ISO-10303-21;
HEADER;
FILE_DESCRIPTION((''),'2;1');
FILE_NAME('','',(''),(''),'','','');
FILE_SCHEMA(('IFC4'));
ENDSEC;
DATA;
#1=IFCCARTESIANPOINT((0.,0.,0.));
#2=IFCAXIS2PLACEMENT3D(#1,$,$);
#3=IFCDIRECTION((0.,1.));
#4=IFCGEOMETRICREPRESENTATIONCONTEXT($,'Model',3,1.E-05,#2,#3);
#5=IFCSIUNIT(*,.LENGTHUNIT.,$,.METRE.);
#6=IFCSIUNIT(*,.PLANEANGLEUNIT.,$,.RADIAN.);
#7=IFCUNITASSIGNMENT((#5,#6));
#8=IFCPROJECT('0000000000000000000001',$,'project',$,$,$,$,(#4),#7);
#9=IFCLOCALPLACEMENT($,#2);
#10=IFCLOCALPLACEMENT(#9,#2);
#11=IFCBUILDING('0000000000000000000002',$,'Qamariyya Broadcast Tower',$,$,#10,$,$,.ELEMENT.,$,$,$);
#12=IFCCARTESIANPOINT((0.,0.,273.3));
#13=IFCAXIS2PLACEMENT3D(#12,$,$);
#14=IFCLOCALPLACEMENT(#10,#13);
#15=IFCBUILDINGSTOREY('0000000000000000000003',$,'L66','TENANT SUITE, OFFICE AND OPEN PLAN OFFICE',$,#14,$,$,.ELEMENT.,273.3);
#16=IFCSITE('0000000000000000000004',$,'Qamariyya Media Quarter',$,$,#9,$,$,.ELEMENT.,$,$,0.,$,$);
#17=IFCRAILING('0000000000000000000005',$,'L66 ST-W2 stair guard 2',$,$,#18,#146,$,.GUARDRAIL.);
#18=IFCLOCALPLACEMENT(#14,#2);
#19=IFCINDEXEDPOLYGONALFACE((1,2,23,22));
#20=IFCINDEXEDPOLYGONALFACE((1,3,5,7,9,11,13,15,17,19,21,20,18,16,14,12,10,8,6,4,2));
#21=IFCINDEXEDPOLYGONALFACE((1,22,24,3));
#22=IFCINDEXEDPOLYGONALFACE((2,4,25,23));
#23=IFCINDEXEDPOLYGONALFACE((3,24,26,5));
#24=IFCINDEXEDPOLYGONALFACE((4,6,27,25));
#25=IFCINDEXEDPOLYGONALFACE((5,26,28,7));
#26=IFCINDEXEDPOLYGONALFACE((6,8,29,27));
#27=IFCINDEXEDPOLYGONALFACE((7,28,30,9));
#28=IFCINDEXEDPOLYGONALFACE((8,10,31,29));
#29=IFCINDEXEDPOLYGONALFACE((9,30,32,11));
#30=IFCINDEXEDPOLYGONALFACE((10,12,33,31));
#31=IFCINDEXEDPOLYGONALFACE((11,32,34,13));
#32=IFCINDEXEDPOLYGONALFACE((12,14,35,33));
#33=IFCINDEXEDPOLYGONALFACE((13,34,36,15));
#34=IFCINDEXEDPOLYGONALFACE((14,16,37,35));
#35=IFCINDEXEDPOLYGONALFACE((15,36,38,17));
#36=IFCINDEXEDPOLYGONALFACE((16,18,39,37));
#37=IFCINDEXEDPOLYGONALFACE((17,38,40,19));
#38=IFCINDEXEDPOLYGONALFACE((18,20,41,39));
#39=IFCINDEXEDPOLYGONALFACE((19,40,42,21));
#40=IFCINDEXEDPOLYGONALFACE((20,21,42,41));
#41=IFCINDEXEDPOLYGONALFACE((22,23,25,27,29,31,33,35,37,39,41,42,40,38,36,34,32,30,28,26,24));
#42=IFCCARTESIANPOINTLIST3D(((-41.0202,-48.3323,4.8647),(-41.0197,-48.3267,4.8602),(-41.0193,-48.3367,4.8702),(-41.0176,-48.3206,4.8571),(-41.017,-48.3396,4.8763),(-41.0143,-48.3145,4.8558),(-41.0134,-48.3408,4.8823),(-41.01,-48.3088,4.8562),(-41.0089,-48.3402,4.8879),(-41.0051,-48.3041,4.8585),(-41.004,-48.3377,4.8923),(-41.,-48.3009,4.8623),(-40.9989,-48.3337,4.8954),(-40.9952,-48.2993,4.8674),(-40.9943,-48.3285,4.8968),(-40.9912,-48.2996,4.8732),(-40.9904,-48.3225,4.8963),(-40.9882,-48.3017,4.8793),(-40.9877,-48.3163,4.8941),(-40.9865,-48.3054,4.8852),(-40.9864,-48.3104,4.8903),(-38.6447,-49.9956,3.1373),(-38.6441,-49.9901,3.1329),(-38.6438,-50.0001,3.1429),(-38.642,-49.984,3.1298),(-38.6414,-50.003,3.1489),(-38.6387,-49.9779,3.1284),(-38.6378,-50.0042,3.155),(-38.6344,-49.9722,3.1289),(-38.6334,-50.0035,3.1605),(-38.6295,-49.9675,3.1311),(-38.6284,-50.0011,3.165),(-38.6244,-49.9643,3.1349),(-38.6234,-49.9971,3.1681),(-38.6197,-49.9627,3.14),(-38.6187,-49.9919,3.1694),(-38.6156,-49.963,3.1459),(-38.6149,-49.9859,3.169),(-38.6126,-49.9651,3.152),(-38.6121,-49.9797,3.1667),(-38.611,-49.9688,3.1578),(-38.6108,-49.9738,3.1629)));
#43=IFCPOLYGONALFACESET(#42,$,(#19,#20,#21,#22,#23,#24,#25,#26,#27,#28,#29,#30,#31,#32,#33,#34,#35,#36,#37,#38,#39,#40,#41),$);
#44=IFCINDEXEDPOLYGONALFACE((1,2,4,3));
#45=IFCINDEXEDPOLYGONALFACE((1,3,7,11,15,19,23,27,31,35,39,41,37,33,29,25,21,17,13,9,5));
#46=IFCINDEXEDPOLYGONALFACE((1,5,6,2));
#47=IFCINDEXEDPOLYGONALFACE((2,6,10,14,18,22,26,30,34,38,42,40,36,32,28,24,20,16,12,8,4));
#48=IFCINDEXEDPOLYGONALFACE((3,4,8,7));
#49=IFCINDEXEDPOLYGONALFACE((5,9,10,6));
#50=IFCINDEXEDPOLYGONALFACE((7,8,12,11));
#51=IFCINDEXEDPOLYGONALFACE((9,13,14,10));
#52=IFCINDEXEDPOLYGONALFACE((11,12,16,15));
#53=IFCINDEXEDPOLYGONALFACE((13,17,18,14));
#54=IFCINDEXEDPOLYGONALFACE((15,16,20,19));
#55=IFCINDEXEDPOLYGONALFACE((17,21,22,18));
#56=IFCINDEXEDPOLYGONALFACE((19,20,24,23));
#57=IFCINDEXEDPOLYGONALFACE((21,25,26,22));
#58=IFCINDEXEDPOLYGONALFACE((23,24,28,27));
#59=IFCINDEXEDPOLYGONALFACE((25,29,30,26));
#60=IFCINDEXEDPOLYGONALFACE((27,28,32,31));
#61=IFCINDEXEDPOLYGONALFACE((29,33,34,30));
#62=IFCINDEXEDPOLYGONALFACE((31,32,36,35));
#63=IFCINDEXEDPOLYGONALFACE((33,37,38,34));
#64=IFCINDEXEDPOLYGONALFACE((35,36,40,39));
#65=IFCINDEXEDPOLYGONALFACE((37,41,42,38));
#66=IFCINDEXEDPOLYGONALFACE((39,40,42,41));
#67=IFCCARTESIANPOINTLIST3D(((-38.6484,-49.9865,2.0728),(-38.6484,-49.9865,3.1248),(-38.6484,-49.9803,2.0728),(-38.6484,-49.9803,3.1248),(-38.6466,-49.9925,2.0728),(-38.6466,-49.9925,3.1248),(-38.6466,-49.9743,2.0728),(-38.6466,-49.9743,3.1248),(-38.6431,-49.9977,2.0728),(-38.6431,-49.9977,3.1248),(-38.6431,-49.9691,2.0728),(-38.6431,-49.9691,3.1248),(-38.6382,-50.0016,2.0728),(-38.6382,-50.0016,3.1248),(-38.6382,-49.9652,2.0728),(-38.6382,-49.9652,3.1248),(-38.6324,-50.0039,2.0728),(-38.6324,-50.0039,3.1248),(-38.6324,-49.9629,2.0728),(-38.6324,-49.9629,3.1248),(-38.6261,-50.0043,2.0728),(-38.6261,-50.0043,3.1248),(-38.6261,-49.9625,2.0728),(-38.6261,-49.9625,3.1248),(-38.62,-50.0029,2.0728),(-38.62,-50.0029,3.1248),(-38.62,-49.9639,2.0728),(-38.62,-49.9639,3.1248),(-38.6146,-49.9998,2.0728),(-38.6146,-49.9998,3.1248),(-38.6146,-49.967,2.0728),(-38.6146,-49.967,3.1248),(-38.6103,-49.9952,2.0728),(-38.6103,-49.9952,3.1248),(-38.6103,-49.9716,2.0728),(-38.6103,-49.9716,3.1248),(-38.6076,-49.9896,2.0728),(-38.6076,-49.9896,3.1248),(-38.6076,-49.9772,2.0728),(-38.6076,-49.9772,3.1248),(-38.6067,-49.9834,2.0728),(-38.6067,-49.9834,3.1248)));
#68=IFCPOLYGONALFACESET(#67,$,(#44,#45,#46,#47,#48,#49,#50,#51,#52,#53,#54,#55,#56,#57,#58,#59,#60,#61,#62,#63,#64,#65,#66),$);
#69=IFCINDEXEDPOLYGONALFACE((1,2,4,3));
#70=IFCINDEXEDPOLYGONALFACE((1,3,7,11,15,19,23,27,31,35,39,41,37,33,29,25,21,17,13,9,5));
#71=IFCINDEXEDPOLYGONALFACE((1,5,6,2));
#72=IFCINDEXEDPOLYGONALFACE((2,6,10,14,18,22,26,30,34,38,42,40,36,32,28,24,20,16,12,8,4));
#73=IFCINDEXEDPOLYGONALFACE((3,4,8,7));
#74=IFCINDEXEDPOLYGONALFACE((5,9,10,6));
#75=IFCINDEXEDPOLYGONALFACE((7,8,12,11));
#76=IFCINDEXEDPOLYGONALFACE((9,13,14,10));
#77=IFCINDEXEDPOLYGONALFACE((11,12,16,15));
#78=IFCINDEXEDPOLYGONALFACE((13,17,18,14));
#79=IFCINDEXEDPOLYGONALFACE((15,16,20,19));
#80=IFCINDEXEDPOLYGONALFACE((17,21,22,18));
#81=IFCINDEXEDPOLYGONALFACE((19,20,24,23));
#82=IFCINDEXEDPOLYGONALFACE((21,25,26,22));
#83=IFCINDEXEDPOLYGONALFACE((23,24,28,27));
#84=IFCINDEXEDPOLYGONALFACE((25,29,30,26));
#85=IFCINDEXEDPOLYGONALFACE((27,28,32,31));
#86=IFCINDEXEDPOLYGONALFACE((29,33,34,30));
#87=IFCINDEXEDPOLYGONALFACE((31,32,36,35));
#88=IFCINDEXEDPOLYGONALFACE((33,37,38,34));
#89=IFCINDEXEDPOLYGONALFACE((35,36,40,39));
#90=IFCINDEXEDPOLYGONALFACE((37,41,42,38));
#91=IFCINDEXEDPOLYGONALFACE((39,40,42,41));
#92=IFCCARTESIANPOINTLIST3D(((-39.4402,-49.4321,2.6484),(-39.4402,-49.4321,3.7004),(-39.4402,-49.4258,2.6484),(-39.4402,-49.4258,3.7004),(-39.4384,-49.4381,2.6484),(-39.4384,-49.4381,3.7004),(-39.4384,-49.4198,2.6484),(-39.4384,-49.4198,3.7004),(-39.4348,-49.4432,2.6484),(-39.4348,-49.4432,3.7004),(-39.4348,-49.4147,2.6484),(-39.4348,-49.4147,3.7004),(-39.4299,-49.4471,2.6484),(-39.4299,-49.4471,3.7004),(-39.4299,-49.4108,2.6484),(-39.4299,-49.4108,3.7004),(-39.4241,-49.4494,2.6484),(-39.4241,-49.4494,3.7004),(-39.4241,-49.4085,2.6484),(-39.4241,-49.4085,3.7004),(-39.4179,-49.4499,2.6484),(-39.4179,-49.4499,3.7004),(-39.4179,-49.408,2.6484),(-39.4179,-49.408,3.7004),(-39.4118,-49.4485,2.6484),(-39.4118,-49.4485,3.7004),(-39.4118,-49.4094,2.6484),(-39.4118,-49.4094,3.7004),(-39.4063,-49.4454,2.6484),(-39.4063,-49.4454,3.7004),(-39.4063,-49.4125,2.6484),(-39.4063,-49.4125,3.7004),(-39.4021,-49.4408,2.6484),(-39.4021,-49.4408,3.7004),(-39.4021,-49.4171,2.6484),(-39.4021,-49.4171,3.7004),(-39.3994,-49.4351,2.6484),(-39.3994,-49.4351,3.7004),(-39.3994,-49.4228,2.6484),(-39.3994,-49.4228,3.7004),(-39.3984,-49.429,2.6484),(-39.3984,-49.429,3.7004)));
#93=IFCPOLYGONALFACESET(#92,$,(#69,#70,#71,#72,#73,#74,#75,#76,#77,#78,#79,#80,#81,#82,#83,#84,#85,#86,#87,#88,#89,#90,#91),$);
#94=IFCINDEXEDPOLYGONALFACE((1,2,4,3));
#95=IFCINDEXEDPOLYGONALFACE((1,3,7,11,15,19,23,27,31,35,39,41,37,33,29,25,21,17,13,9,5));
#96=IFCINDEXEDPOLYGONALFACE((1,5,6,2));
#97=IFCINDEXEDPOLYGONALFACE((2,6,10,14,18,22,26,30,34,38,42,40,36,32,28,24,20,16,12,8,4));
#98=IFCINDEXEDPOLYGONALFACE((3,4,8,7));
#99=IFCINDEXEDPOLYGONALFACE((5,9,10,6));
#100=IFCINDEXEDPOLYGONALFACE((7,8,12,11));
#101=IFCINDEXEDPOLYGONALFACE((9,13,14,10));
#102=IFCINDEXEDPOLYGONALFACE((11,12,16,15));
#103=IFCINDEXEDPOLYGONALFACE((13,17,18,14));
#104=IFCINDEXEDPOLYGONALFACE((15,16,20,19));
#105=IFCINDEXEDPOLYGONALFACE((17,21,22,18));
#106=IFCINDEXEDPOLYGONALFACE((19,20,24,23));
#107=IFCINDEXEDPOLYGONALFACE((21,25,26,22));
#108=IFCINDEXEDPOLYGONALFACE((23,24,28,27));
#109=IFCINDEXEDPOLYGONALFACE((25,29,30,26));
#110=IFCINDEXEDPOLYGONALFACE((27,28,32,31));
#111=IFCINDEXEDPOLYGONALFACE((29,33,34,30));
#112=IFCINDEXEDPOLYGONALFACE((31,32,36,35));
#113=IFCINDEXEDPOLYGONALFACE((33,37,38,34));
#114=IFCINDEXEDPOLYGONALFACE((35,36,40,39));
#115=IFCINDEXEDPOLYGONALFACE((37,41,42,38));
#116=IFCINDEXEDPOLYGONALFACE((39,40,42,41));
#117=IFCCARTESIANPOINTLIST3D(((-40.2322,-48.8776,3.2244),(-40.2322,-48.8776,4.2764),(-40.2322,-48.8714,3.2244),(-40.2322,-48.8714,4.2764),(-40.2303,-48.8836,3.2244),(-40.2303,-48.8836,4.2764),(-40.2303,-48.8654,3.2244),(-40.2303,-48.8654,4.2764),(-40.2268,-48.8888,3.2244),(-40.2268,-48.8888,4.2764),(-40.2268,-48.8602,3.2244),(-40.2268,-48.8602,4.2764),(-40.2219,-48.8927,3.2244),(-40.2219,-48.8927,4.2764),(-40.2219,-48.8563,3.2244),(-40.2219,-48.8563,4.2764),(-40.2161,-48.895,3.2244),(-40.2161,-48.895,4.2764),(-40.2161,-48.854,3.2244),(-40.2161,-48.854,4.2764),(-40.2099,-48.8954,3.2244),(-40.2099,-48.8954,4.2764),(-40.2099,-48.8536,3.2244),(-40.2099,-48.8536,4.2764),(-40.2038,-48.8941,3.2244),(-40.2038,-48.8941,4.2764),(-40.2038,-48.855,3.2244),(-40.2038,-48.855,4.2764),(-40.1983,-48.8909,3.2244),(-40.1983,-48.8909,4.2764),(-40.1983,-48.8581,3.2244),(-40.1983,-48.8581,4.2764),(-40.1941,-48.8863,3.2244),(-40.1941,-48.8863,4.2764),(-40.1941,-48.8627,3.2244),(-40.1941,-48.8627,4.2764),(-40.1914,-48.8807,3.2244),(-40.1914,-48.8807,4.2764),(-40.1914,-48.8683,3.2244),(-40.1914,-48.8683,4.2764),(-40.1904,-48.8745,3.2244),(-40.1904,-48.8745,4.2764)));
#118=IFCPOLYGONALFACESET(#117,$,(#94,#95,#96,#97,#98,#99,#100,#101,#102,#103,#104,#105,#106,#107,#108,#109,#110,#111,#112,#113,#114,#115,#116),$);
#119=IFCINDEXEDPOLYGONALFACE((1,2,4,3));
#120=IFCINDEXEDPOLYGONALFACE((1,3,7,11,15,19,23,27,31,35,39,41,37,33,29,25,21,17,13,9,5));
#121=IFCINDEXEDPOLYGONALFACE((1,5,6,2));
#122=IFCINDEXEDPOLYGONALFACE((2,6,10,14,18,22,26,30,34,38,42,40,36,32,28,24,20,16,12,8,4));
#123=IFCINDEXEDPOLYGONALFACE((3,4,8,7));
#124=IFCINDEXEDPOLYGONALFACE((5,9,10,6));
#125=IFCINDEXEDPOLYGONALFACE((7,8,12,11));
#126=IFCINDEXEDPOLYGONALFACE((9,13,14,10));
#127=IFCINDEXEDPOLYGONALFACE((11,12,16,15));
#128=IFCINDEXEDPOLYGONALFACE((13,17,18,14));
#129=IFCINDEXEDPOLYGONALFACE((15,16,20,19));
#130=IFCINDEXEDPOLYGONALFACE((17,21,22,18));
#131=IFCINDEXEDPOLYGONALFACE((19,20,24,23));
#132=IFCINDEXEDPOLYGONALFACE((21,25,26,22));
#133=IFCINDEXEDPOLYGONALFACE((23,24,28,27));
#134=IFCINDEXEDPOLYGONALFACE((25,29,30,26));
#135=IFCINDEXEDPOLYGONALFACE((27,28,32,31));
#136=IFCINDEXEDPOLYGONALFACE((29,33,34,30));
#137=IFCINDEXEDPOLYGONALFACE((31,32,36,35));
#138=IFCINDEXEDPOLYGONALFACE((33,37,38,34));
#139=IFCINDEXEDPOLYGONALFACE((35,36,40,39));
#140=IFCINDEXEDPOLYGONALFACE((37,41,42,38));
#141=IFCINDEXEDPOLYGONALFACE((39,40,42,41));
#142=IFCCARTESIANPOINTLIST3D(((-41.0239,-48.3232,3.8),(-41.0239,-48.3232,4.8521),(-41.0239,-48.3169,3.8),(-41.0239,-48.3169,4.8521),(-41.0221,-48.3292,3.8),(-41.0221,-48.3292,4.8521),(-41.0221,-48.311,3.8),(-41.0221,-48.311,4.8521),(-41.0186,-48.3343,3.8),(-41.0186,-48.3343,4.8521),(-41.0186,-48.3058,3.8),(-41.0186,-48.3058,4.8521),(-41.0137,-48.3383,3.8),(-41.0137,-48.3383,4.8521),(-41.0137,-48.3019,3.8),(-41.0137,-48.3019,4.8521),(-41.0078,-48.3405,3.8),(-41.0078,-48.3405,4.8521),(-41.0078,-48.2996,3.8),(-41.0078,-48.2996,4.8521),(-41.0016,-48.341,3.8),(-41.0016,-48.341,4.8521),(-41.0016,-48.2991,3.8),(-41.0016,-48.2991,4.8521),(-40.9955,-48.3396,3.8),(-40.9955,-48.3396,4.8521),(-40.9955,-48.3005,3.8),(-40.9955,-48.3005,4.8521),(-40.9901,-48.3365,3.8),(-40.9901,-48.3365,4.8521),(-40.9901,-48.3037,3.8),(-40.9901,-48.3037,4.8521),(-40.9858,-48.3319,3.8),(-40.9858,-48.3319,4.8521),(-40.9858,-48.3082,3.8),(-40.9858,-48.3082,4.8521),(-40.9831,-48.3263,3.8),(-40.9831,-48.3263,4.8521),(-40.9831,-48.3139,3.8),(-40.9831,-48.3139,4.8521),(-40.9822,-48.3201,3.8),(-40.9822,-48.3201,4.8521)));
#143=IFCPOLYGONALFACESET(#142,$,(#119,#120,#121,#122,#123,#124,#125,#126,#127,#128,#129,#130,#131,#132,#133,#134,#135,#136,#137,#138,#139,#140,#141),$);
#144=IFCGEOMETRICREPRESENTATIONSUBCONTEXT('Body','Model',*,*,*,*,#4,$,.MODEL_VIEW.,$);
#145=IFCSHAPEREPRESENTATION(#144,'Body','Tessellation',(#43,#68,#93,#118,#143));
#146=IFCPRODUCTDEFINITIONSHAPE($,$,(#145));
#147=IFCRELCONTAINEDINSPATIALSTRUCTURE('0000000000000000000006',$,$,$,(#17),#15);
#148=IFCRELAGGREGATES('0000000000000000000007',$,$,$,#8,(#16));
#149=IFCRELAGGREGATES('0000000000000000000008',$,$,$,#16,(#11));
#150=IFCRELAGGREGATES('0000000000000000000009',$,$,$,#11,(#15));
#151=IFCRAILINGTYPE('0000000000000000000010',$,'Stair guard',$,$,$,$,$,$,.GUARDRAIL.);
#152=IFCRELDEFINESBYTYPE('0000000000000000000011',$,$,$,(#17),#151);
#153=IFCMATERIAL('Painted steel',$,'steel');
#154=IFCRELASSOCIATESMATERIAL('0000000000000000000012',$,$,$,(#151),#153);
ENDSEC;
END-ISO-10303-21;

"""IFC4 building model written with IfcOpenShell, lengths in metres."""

from ifc_helpers import new_model, si_unit, direction, frame, origin, origin_2d, place, context, subcontext, project, spatial, circle, extrude, material, type_object, element, save


model = new_model("IFC4")

# Units and contexts
model_context = context("Model", 3, precision=1e-05, world=origin(), true_north=direction((0.0, 1.0)))
body_context = subcontext(model_context, "Body", "Model", "MODEL_VIEW")
ifc_project = project(units=[si_unit("LENGTHUNIT", "METRE"), si_unit("PLANEANGLEUNIT", "RADIAN")], contexts=[model_context])

# Site, building, storey
site_placement = place(None, origin())
site = spatial("IfcSite", under=ifc_project, at=site_placement, Name="Qamariyya Media Quarter", CompositionType="ELEMENT", RefElevation=0.0)
building_placement = place(site_placement, origin())
building = spatial("IfcBuilding", under=site, at=building_placement, Name="Qamariyya Broadcast Tower", CompositionType="ELEMENT")
storey_placement = place(building_placement, frame((0.0, 0.0, 273.3)))
storey = spatial("IfcBuildingStorey", under=building, at=storey_placement, Name="L66", Description="TENANT SUITE, OFFICE AND OPEN PLAN OFFICE", CompositionType="ELEMENT", Elevation=273.3)

# Railing
ifc_material_1 = material(Name="Painted steel", Category="steel")
railing_type_1 = type_object("IfcRailingType", Name="Stair guard", PredefinedType="GUARDRAIL", material=ifc_material_1)
railing_1_placement = place(storey_placement, frame((-38.6277, -49.9834, 2.0728)))
element("IfcRailing", 1, at=railing_1_placement, inside=storey, type_object=railing_type_1, Name="L66 ST-W2 stair guard 2", PredefinedType="GUARDRAIL", context=body_context, shape_type="SweptSolid", body=[
    extrude(circle(Radius=0.0239, at=origin_2d()), frame((0.0, 0.0, 1.0762), z_axis=(-0.70377, 0.492784, 0.511734), x_axis=(-0.573575, -0.819153, 0.0)), (0.0, 0.0, 1.0), 3.3755),
    extrude(circle(Radius=0.021, at=origin_2d()), origin(), (0.0, 0.0, 1.0), 1.052),
    extrude(circle(Radius=0.021, at=origin_2d()), frame((-0.7917, 0.5544, 0.5757)), (0.0, 0.0, 1.0), 1.052),
    extrude(circle(Radius=0.021, at=origin_2d()), frame((-1.5837, 1.1089, 1.1516)), (0.0, 0.0, 1.0), 1.052),
    extrude(circle(Radius=0.021, at=origin_2d()), frame((-2.3755, 1.6633, 1.7273)), (0.0, 0.0, 1.0), 1.052),
])

save(model, "model.ifc")
